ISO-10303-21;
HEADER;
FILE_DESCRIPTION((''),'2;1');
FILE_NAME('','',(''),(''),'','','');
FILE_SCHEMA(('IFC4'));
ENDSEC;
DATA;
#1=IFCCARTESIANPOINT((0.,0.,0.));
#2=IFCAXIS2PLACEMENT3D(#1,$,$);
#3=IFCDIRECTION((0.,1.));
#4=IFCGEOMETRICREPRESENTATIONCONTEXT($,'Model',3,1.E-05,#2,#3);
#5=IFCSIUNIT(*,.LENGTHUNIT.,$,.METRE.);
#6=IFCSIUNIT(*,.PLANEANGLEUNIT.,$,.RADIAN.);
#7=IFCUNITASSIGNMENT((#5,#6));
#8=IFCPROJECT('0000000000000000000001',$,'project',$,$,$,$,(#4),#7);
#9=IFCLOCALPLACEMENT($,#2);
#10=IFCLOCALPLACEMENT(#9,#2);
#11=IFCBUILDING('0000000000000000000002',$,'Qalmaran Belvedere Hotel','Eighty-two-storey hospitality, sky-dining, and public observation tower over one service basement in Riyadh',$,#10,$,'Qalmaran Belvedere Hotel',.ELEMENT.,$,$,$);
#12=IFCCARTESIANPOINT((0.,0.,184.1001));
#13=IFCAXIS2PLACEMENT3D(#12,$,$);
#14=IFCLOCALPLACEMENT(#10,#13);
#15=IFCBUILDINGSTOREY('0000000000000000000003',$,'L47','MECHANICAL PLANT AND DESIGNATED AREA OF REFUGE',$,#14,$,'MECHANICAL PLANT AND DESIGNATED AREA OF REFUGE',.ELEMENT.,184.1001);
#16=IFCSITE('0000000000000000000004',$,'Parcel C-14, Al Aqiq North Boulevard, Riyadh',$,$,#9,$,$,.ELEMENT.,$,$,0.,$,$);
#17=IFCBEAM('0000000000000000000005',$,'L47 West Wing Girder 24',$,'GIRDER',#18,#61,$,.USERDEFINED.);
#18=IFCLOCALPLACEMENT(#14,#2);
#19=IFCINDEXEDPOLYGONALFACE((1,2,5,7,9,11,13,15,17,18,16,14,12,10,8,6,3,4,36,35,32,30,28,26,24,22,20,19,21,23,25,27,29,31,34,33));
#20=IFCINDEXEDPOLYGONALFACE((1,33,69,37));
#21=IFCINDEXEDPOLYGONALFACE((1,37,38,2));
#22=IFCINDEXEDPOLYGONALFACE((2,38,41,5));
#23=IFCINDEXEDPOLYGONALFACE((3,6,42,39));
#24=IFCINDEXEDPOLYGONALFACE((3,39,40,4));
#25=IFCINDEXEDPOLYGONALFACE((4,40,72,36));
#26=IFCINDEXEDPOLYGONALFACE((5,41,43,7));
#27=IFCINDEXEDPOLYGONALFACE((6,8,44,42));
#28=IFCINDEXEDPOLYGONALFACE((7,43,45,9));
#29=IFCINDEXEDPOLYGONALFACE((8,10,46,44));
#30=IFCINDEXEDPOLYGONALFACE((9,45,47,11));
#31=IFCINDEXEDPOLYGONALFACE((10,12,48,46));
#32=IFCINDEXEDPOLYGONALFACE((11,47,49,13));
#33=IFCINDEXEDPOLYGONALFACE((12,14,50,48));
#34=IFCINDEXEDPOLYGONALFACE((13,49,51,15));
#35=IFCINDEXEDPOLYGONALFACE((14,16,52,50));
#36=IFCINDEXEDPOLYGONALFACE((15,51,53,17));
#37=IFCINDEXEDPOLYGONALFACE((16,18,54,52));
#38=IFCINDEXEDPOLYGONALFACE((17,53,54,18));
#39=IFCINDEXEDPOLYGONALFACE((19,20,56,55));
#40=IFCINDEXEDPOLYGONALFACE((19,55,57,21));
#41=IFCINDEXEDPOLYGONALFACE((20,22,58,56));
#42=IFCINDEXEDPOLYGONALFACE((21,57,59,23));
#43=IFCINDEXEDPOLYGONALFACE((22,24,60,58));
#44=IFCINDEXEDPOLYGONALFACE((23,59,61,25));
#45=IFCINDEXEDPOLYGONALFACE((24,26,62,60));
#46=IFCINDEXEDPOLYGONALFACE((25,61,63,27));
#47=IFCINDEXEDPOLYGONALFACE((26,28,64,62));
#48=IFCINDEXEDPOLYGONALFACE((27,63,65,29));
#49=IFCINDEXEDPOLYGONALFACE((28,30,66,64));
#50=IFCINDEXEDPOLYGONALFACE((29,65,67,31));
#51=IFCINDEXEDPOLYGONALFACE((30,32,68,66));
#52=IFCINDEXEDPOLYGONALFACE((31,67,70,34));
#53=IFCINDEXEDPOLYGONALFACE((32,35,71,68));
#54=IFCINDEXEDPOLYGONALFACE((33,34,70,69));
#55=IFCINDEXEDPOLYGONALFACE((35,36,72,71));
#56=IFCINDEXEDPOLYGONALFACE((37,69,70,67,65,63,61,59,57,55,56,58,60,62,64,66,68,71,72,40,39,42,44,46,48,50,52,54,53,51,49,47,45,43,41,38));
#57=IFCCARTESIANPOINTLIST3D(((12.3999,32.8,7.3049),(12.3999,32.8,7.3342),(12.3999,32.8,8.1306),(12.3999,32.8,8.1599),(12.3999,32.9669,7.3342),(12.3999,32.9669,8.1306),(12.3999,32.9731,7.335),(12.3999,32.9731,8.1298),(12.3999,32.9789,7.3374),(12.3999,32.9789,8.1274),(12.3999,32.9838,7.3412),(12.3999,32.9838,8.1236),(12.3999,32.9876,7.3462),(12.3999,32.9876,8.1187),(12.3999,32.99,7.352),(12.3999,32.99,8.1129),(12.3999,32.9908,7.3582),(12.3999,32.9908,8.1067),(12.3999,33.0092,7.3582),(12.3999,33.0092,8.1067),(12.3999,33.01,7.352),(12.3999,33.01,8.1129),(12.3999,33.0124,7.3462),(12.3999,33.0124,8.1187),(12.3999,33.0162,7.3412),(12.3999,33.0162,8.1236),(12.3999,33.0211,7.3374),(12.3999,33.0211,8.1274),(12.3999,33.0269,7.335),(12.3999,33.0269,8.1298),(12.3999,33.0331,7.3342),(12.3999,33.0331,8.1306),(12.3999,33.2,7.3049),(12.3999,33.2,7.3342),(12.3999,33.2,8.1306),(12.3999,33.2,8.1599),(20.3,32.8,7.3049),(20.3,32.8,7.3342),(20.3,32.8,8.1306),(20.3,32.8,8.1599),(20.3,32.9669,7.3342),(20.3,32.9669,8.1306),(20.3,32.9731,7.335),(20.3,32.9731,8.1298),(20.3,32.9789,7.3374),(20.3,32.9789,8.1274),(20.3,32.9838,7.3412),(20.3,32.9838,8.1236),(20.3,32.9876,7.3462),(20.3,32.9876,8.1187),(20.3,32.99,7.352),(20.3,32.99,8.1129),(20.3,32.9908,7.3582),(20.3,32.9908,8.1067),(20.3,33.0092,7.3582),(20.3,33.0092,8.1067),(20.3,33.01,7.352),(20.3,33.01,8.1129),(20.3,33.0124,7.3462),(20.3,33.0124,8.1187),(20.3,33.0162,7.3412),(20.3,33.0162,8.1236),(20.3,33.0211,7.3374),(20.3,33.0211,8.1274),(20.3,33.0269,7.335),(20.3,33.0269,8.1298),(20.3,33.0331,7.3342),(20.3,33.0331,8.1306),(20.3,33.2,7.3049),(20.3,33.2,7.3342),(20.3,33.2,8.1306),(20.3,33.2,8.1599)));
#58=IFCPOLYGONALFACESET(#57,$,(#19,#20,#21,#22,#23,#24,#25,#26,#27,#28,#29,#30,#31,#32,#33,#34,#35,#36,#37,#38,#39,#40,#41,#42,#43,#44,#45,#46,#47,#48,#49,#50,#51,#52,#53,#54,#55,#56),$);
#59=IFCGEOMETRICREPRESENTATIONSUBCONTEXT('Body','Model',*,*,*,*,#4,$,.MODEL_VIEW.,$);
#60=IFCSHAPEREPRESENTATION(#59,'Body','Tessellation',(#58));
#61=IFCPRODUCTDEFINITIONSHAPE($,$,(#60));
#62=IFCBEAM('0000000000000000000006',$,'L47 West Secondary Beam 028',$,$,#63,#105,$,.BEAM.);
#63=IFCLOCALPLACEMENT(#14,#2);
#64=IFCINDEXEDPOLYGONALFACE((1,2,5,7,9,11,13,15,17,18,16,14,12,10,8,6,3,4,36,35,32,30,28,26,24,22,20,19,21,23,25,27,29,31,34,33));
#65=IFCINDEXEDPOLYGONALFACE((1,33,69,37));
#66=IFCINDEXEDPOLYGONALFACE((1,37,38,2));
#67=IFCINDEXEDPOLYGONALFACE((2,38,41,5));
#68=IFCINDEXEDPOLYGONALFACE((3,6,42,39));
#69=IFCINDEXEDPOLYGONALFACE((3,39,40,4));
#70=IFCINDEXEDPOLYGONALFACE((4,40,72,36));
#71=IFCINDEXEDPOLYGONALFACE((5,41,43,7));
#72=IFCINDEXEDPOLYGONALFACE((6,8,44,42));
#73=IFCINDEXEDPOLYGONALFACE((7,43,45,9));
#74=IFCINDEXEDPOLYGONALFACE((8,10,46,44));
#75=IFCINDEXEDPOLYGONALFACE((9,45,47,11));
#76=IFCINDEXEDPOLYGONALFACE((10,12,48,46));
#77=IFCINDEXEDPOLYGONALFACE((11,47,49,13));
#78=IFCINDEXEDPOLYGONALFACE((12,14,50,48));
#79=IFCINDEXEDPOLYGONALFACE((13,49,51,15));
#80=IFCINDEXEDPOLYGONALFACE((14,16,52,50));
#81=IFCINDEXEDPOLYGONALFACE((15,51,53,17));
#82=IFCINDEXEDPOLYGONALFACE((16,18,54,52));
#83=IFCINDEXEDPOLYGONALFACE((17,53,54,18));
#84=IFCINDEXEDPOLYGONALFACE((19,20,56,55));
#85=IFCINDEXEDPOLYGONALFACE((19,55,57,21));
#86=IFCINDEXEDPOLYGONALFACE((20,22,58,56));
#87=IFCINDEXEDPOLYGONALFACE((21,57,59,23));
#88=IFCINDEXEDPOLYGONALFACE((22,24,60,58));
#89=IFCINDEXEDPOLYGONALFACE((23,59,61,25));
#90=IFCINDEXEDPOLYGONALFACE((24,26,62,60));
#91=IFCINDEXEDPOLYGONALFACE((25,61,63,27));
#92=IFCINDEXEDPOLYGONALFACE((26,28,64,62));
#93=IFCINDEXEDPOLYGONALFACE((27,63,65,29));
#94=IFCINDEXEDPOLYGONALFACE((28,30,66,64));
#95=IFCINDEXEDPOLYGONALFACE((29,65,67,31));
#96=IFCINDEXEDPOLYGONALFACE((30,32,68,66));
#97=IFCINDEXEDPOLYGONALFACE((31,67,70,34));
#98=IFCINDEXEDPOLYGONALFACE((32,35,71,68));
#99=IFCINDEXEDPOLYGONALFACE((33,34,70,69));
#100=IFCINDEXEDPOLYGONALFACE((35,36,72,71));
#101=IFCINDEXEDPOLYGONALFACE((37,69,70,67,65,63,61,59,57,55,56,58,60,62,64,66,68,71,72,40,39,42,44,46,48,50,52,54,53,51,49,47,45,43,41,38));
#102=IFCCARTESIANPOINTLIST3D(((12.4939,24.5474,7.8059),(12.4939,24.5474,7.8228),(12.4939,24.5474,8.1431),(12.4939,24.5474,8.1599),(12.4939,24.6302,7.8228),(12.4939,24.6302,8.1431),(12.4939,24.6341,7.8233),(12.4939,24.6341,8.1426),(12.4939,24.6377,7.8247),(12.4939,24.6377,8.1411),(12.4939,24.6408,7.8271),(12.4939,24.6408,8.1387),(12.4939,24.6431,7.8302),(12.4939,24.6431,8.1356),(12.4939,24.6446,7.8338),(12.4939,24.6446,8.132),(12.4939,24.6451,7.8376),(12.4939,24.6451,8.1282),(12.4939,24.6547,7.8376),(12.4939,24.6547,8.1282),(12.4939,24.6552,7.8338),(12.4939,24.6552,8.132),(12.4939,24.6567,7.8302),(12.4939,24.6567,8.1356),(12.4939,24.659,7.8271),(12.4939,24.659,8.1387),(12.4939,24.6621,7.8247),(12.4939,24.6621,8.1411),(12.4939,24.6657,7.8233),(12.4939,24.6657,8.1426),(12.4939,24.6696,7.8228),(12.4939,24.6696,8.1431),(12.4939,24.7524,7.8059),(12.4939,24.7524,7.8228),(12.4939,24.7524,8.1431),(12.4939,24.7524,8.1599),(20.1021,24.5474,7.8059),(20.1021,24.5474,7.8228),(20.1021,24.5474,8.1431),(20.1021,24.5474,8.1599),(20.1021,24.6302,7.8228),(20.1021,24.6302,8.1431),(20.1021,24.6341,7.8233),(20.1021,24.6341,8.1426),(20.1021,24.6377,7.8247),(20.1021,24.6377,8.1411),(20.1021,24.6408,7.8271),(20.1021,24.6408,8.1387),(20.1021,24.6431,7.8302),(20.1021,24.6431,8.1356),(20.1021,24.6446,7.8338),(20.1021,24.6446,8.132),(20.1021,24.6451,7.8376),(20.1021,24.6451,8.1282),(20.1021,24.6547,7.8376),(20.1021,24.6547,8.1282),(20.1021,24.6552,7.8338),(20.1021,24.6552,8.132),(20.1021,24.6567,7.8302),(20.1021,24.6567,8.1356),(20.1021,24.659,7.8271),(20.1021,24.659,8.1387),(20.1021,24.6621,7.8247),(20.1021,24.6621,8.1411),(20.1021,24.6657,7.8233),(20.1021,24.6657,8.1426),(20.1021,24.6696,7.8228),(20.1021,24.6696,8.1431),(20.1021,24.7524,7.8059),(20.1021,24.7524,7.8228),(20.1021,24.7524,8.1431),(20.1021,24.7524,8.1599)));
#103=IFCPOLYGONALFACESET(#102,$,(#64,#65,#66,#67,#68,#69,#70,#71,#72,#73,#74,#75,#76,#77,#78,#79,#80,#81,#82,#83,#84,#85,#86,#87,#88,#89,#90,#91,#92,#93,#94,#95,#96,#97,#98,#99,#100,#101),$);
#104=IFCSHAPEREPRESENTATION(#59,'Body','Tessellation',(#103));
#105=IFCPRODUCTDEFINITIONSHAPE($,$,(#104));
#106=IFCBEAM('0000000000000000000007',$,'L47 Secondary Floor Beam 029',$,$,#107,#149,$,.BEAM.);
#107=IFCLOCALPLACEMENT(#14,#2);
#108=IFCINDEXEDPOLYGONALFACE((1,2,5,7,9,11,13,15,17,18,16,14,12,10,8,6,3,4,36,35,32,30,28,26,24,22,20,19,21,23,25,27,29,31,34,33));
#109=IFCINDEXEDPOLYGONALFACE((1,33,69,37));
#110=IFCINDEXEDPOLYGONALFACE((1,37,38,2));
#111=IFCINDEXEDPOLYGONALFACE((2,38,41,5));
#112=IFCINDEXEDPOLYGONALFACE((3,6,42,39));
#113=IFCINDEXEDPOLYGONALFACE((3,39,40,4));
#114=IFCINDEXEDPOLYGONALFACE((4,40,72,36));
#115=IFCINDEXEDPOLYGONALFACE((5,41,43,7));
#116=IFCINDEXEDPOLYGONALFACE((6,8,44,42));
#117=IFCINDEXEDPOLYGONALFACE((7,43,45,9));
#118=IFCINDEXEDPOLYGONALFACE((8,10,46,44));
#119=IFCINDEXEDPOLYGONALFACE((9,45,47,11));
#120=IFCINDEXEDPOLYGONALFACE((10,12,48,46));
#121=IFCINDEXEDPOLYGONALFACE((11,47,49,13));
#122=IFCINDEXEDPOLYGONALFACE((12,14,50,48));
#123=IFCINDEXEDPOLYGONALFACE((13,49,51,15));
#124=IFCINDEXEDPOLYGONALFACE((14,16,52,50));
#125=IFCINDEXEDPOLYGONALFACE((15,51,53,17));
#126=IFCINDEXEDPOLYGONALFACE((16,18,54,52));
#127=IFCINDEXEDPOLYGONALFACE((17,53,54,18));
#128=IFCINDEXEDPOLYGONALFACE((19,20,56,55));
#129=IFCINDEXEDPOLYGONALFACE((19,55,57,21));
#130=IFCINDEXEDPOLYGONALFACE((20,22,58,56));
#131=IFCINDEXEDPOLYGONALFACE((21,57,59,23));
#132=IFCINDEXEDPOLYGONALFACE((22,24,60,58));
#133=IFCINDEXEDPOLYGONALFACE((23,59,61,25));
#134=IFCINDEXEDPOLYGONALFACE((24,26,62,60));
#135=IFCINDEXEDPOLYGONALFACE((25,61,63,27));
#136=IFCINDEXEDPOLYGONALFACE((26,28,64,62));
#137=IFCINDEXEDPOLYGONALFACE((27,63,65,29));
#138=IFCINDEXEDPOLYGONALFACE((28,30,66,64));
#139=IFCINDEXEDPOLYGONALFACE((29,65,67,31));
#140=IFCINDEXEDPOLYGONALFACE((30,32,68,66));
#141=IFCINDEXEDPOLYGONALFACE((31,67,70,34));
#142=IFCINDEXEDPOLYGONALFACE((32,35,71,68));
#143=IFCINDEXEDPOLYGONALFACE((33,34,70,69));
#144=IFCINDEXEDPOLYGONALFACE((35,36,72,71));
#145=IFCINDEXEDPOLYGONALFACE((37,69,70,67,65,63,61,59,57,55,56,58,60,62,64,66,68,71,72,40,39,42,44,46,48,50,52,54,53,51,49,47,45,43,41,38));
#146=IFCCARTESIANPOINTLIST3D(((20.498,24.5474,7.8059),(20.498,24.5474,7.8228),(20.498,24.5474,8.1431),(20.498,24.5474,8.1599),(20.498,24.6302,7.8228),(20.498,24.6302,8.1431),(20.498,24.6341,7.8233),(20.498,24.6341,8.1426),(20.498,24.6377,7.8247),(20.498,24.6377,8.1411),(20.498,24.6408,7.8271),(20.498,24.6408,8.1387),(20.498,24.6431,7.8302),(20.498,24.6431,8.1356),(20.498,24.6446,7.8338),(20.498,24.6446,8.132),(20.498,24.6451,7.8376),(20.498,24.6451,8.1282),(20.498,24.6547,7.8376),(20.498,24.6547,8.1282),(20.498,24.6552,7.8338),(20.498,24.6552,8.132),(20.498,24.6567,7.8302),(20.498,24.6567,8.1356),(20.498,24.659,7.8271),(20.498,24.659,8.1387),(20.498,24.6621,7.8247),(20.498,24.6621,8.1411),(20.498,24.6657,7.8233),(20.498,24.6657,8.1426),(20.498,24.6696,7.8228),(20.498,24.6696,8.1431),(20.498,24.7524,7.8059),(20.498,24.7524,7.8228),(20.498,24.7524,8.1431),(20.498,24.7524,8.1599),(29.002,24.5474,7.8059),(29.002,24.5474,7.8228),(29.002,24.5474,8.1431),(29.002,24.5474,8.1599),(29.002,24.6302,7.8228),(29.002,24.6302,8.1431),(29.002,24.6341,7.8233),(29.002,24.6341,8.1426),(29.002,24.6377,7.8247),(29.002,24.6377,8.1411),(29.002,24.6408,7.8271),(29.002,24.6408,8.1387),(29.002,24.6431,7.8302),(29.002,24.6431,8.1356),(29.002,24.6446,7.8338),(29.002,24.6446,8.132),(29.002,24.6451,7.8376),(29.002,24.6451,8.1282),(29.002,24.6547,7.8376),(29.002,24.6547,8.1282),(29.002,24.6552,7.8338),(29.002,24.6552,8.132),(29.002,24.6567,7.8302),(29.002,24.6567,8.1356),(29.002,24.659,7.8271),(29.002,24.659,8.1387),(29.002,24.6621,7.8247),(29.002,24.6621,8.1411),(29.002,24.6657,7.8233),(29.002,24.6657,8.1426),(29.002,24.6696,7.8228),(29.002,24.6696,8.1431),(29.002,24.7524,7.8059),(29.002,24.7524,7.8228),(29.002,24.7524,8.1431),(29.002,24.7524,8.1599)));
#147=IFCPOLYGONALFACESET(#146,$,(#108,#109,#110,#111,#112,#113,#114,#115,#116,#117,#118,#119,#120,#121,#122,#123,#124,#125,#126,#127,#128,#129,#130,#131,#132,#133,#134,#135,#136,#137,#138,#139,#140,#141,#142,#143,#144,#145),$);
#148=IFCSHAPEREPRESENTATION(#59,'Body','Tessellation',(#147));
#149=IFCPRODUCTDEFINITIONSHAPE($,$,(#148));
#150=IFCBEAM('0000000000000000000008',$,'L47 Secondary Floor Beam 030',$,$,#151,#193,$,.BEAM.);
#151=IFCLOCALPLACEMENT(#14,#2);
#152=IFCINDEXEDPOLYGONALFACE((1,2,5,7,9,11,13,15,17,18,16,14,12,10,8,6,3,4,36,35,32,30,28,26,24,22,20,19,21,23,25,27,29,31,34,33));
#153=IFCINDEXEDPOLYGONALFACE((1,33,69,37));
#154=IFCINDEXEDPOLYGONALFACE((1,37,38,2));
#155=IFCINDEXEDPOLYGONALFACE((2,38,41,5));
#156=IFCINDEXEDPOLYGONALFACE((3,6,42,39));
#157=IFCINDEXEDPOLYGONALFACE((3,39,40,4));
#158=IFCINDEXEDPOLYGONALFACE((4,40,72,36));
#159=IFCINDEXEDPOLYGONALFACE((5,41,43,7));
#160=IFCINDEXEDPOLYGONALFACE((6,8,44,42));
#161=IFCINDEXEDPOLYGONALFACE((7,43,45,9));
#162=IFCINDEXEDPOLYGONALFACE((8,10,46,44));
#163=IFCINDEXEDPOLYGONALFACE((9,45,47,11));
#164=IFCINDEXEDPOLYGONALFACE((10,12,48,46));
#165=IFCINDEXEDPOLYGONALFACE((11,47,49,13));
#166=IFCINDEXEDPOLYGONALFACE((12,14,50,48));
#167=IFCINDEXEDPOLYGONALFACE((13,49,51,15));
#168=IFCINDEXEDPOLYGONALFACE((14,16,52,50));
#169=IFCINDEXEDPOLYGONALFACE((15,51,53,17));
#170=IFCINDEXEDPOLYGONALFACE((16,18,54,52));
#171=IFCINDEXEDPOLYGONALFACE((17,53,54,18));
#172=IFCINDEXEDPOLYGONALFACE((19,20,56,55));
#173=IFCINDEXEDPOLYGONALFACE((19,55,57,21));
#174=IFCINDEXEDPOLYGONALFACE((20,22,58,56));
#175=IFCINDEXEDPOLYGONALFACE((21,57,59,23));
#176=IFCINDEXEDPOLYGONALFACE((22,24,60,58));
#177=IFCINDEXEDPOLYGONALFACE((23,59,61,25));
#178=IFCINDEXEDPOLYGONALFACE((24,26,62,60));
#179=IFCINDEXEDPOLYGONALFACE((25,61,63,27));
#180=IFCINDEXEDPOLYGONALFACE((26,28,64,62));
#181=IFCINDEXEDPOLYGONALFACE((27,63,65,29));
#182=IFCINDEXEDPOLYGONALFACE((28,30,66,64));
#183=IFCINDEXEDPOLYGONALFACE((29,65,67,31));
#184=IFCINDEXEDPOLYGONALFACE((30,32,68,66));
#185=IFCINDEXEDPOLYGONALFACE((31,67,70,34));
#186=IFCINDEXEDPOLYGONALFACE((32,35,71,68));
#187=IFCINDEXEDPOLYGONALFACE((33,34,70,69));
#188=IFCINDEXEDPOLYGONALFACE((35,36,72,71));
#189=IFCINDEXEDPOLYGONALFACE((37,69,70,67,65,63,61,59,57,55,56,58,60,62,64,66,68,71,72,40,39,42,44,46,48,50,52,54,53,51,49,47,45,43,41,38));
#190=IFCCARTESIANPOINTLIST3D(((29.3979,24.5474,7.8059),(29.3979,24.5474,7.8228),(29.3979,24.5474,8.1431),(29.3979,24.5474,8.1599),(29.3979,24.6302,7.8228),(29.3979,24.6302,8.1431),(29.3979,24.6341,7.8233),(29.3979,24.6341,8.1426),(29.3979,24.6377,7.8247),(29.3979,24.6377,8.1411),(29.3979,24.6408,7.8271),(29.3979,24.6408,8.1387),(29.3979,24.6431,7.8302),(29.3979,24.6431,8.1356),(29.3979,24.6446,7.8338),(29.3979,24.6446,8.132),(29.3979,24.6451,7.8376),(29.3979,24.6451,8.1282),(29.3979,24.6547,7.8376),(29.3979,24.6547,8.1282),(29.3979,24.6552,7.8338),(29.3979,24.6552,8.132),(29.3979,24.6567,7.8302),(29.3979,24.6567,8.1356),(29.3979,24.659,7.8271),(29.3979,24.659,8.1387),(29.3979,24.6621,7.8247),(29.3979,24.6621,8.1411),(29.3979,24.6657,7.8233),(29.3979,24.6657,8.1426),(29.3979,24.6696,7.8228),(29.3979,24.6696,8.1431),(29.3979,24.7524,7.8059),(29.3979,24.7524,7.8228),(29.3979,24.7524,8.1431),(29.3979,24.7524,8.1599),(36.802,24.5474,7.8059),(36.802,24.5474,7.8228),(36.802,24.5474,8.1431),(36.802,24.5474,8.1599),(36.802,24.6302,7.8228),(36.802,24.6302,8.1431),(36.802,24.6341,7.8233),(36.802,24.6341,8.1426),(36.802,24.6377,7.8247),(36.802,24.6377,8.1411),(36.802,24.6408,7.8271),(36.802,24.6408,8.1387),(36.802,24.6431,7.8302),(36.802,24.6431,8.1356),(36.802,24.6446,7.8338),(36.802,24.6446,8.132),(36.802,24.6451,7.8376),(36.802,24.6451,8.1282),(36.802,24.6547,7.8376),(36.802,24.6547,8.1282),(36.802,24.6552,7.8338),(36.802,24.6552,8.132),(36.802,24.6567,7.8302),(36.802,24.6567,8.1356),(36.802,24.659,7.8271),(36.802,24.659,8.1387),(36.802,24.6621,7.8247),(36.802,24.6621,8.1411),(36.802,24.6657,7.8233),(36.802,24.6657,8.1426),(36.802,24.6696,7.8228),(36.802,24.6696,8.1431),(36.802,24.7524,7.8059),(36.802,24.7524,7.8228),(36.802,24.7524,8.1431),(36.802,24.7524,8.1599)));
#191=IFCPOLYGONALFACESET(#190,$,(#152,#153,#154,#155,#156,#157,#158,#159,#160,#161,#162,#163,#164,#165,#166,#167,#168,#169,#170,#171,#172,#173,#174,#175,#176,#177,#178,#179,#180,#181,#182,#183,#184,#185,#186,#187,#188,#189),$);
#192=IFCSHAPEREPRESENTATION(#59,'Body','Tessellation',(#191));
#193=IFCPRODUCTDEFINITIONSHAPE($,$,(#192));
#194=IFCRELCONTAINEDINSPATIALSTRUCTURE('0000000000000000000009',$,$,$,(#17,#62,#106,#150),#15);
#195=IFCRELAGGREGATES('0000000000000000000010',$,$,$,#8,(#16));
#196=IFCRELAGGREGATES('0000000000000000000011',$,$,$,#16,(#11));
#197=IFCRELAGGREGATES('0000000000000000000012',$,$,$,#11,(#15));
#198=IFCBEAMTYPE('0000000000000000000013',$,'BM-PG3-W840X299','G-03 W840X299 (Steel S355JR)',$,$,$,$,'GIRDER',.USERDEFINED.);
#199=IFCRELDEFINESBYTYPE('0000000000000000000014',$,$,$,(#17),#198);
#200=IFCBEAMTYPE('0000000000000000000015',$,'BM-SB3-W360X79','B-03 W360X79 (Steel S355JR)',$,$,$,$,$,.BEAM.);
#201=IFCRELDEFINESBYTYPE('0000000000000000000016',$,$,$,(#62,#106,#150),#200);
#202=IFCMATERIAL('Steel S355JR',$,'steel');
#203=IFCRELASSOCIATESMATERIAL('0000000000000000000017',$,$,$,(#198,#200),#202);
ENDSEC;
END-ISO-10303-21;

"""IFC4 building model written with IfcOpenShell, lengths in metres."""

from ifc_helpers import new_model, si_unit, direction, frame, origin, origin_2d, place, context, subcontext, project, spatial, i_section, extrude, material, material_profile, profile_set, type_object, element, save


model = new_model("IFC4")

# Units and contexts
model_context = context("Model", 3, precision=1e-05, world=origin(), true_north=direction((0.0, 1.0)))
body_context = subcontext(model_context, "Body", "Model", "MODEL_VIEW")
ifc_project = project(units=[si_unit("LENGTHUNIT", "METRE"), si_unit("PLANEANGLEUNIT", "RADIAN")], contexts=[model_context])

# Site, building, storey
site_placement = place(None, origin())
site = spatial("IfcSite", under=ifc_project, at=site_placement, Name="Parcel C-14, Al Aqiq North Boulevard, Riyadh", CompositionType="ELEMENT", RefElevation=0.0)
building_placement = place(site_placement, origin())
building = spatial("IfcBuilding", under=site, at=building_placement, Name="Qalmaran Belvedere Hotel", Description="Eighty-two-storey hospitality, sky-dining, and public observation tower over one service basement in Riyadh", LongName="Qalmaran Belvedere Hotel", CompositionType="ELEMENT")
storey_placement = place(building_placement, frame((0.0, 0.0, 184.1001)))
storey = spatial("IfcBuildingStorey", under=building, at=storey_placement, Name="L47", Description="MECHANICAL PLANT AND DESIGNATED AREA OF REFUGE", LongName="MECHANICAL PLANT AND DESIGNATED AREA OF REFUGE", CompositionType="ELEMENT", Elevation=184.1001)

# Beams
ifc_material_1 = material(Name="Steel S355JR", Category="steel")
ifc_material_profile_1 = material_profile(ifc_material_1, i_section(OverallWidth=0.3999, OverallDepth=0.855, WebThickness=0.0183, FlangeThickness=0.0293, FilletRadius=0.0239, at=origin_2d()), Name="W840X299")
ifc_profile_set_1 = profile_set([ifc_material_profile_1], Name="Steel S355JR")
beam_type_1 = type_object("IfcBeamType", Name="BM-PG3-W840X299", Description="G-03 W840X299 (Steel S355JR)", ElementType="GIRDER", PredefinedType="USERDEFINED", material=ifc_profile_set_1)
for number, where, z_axis, x_axis, name in (
    (1, (12.3999, 33.0, 7.7324), (1.0, 0.0, 0.0), (0.0, 1.0, 0.0), "L47 West Wing Girder 24"),
):
    element("IfcBeam", number, at=place(storey_placement, frame(where, z_axis=z_axis, x_axis=x_axis)), inside=storey, type_object=beam_type_1, Name=name, ObjectType="GIRDER", PredefinedType="USERDEFINED", context=body_context, shape_type="SweptSolid", body=[
        extrude(i_section(OverallWidth=0.3999, OverallDepth=0.855, WebThickness=0.0183, FlangeThickness=0.0293, FilletRadius=0.0239, at=origin_2d()), origin(), (0.0, 0.0, 1.0), 7.9001),
    ])
ifc_material_profile_2 = material_profile(ifc_material_1, i_section(OverallWidth=0.2051, OverallDepth=0.354, WebThickness=0.0095, FlangeThickness=0.0168, FilletRadius=0.0149, at=origin_2d()), Name="W360X79")
ifc_profile_set_2 = profile_set([ifc_material_profile_2], Name="Steel S355JR")
beam_type_2 = type_object("IfcBeamType", Name="BM-SB3-W360X79", Description="B-03 W360X79 (Steel S355JR)", PredefinedType="BEAM", material=ifc_profile_set_2)
beam_1_placement = place(storey_placement, frame((12.4939, 24.6499, 7.9829), z_axis=(1.0, 0.0, 0.0), x_axis=(0.0, 1.0, 0.0)))
element("IfcBeam", 2, at=beam_1_placement, inside=storey, type_object=beam_type_2, Name="L47 West Secondary Beam 028", PredefinedType="BEAM", context=body_context, shape_type="SweptSolid", body=[
    extrude(i_section(OverallWidth=0.2051, OverallDepth=0.354, WebThickness=0.0095, FlangeThickness=0.0168, FilletRadius=0.0149, at=origin_2d()), origin(), (0.0, 0.0, 1.0), 7.6082),
])
beam_2_placement = place(storey_placement, frame((20.498, 24.6499, 7.9829), z_axis=(1.0, 0.0, 0.0), x_axis=(0.0, 1.0, 0.0)))
element("IfcBeam", 3, at=beam_2_placement, inside=storey, type_object=beam_type_2, Name="L47 Secondary Floor Beam 029", PredefinedType="BEAM", context=body_context, shape_type="SweptSolid", body=[
    extrude(i_section(OverallWidth=0.2051, OverallDepth=0.354, WebThickness=0.0095, FlangeThickness=0.0168, FilletRadius=0.0149, at=origin_2d()), origin(), (0.0, 0.0, 1.0), 8.5039),
])
beam_3_placement = place(storey_placement, frame((29.3979, 24.6499, 7.9829), z_axis=(1.0, 0.0, 0.0), x_axis=(0.0, 1.0, 0.0)))
element("IfcBeam", 4, at=beam_3_placement, inside=storey, type_object=beam_type_2, Name="L47 Secondary Floor Beam 030", PredefinedType="BEAM", context=body_context, shape_type="SweptSolid", body=[
    extrude(i_section(OverallWidth=0.2051, OverallDepth=0.354, WebThickness=0.0095, FlangeThickness=0.0168, FilletRadius=0.0149, at=origin_2d()), origin(), (0.0, 0.0, 1.0), 7.4041),
])

save(model, "model.ifc")
